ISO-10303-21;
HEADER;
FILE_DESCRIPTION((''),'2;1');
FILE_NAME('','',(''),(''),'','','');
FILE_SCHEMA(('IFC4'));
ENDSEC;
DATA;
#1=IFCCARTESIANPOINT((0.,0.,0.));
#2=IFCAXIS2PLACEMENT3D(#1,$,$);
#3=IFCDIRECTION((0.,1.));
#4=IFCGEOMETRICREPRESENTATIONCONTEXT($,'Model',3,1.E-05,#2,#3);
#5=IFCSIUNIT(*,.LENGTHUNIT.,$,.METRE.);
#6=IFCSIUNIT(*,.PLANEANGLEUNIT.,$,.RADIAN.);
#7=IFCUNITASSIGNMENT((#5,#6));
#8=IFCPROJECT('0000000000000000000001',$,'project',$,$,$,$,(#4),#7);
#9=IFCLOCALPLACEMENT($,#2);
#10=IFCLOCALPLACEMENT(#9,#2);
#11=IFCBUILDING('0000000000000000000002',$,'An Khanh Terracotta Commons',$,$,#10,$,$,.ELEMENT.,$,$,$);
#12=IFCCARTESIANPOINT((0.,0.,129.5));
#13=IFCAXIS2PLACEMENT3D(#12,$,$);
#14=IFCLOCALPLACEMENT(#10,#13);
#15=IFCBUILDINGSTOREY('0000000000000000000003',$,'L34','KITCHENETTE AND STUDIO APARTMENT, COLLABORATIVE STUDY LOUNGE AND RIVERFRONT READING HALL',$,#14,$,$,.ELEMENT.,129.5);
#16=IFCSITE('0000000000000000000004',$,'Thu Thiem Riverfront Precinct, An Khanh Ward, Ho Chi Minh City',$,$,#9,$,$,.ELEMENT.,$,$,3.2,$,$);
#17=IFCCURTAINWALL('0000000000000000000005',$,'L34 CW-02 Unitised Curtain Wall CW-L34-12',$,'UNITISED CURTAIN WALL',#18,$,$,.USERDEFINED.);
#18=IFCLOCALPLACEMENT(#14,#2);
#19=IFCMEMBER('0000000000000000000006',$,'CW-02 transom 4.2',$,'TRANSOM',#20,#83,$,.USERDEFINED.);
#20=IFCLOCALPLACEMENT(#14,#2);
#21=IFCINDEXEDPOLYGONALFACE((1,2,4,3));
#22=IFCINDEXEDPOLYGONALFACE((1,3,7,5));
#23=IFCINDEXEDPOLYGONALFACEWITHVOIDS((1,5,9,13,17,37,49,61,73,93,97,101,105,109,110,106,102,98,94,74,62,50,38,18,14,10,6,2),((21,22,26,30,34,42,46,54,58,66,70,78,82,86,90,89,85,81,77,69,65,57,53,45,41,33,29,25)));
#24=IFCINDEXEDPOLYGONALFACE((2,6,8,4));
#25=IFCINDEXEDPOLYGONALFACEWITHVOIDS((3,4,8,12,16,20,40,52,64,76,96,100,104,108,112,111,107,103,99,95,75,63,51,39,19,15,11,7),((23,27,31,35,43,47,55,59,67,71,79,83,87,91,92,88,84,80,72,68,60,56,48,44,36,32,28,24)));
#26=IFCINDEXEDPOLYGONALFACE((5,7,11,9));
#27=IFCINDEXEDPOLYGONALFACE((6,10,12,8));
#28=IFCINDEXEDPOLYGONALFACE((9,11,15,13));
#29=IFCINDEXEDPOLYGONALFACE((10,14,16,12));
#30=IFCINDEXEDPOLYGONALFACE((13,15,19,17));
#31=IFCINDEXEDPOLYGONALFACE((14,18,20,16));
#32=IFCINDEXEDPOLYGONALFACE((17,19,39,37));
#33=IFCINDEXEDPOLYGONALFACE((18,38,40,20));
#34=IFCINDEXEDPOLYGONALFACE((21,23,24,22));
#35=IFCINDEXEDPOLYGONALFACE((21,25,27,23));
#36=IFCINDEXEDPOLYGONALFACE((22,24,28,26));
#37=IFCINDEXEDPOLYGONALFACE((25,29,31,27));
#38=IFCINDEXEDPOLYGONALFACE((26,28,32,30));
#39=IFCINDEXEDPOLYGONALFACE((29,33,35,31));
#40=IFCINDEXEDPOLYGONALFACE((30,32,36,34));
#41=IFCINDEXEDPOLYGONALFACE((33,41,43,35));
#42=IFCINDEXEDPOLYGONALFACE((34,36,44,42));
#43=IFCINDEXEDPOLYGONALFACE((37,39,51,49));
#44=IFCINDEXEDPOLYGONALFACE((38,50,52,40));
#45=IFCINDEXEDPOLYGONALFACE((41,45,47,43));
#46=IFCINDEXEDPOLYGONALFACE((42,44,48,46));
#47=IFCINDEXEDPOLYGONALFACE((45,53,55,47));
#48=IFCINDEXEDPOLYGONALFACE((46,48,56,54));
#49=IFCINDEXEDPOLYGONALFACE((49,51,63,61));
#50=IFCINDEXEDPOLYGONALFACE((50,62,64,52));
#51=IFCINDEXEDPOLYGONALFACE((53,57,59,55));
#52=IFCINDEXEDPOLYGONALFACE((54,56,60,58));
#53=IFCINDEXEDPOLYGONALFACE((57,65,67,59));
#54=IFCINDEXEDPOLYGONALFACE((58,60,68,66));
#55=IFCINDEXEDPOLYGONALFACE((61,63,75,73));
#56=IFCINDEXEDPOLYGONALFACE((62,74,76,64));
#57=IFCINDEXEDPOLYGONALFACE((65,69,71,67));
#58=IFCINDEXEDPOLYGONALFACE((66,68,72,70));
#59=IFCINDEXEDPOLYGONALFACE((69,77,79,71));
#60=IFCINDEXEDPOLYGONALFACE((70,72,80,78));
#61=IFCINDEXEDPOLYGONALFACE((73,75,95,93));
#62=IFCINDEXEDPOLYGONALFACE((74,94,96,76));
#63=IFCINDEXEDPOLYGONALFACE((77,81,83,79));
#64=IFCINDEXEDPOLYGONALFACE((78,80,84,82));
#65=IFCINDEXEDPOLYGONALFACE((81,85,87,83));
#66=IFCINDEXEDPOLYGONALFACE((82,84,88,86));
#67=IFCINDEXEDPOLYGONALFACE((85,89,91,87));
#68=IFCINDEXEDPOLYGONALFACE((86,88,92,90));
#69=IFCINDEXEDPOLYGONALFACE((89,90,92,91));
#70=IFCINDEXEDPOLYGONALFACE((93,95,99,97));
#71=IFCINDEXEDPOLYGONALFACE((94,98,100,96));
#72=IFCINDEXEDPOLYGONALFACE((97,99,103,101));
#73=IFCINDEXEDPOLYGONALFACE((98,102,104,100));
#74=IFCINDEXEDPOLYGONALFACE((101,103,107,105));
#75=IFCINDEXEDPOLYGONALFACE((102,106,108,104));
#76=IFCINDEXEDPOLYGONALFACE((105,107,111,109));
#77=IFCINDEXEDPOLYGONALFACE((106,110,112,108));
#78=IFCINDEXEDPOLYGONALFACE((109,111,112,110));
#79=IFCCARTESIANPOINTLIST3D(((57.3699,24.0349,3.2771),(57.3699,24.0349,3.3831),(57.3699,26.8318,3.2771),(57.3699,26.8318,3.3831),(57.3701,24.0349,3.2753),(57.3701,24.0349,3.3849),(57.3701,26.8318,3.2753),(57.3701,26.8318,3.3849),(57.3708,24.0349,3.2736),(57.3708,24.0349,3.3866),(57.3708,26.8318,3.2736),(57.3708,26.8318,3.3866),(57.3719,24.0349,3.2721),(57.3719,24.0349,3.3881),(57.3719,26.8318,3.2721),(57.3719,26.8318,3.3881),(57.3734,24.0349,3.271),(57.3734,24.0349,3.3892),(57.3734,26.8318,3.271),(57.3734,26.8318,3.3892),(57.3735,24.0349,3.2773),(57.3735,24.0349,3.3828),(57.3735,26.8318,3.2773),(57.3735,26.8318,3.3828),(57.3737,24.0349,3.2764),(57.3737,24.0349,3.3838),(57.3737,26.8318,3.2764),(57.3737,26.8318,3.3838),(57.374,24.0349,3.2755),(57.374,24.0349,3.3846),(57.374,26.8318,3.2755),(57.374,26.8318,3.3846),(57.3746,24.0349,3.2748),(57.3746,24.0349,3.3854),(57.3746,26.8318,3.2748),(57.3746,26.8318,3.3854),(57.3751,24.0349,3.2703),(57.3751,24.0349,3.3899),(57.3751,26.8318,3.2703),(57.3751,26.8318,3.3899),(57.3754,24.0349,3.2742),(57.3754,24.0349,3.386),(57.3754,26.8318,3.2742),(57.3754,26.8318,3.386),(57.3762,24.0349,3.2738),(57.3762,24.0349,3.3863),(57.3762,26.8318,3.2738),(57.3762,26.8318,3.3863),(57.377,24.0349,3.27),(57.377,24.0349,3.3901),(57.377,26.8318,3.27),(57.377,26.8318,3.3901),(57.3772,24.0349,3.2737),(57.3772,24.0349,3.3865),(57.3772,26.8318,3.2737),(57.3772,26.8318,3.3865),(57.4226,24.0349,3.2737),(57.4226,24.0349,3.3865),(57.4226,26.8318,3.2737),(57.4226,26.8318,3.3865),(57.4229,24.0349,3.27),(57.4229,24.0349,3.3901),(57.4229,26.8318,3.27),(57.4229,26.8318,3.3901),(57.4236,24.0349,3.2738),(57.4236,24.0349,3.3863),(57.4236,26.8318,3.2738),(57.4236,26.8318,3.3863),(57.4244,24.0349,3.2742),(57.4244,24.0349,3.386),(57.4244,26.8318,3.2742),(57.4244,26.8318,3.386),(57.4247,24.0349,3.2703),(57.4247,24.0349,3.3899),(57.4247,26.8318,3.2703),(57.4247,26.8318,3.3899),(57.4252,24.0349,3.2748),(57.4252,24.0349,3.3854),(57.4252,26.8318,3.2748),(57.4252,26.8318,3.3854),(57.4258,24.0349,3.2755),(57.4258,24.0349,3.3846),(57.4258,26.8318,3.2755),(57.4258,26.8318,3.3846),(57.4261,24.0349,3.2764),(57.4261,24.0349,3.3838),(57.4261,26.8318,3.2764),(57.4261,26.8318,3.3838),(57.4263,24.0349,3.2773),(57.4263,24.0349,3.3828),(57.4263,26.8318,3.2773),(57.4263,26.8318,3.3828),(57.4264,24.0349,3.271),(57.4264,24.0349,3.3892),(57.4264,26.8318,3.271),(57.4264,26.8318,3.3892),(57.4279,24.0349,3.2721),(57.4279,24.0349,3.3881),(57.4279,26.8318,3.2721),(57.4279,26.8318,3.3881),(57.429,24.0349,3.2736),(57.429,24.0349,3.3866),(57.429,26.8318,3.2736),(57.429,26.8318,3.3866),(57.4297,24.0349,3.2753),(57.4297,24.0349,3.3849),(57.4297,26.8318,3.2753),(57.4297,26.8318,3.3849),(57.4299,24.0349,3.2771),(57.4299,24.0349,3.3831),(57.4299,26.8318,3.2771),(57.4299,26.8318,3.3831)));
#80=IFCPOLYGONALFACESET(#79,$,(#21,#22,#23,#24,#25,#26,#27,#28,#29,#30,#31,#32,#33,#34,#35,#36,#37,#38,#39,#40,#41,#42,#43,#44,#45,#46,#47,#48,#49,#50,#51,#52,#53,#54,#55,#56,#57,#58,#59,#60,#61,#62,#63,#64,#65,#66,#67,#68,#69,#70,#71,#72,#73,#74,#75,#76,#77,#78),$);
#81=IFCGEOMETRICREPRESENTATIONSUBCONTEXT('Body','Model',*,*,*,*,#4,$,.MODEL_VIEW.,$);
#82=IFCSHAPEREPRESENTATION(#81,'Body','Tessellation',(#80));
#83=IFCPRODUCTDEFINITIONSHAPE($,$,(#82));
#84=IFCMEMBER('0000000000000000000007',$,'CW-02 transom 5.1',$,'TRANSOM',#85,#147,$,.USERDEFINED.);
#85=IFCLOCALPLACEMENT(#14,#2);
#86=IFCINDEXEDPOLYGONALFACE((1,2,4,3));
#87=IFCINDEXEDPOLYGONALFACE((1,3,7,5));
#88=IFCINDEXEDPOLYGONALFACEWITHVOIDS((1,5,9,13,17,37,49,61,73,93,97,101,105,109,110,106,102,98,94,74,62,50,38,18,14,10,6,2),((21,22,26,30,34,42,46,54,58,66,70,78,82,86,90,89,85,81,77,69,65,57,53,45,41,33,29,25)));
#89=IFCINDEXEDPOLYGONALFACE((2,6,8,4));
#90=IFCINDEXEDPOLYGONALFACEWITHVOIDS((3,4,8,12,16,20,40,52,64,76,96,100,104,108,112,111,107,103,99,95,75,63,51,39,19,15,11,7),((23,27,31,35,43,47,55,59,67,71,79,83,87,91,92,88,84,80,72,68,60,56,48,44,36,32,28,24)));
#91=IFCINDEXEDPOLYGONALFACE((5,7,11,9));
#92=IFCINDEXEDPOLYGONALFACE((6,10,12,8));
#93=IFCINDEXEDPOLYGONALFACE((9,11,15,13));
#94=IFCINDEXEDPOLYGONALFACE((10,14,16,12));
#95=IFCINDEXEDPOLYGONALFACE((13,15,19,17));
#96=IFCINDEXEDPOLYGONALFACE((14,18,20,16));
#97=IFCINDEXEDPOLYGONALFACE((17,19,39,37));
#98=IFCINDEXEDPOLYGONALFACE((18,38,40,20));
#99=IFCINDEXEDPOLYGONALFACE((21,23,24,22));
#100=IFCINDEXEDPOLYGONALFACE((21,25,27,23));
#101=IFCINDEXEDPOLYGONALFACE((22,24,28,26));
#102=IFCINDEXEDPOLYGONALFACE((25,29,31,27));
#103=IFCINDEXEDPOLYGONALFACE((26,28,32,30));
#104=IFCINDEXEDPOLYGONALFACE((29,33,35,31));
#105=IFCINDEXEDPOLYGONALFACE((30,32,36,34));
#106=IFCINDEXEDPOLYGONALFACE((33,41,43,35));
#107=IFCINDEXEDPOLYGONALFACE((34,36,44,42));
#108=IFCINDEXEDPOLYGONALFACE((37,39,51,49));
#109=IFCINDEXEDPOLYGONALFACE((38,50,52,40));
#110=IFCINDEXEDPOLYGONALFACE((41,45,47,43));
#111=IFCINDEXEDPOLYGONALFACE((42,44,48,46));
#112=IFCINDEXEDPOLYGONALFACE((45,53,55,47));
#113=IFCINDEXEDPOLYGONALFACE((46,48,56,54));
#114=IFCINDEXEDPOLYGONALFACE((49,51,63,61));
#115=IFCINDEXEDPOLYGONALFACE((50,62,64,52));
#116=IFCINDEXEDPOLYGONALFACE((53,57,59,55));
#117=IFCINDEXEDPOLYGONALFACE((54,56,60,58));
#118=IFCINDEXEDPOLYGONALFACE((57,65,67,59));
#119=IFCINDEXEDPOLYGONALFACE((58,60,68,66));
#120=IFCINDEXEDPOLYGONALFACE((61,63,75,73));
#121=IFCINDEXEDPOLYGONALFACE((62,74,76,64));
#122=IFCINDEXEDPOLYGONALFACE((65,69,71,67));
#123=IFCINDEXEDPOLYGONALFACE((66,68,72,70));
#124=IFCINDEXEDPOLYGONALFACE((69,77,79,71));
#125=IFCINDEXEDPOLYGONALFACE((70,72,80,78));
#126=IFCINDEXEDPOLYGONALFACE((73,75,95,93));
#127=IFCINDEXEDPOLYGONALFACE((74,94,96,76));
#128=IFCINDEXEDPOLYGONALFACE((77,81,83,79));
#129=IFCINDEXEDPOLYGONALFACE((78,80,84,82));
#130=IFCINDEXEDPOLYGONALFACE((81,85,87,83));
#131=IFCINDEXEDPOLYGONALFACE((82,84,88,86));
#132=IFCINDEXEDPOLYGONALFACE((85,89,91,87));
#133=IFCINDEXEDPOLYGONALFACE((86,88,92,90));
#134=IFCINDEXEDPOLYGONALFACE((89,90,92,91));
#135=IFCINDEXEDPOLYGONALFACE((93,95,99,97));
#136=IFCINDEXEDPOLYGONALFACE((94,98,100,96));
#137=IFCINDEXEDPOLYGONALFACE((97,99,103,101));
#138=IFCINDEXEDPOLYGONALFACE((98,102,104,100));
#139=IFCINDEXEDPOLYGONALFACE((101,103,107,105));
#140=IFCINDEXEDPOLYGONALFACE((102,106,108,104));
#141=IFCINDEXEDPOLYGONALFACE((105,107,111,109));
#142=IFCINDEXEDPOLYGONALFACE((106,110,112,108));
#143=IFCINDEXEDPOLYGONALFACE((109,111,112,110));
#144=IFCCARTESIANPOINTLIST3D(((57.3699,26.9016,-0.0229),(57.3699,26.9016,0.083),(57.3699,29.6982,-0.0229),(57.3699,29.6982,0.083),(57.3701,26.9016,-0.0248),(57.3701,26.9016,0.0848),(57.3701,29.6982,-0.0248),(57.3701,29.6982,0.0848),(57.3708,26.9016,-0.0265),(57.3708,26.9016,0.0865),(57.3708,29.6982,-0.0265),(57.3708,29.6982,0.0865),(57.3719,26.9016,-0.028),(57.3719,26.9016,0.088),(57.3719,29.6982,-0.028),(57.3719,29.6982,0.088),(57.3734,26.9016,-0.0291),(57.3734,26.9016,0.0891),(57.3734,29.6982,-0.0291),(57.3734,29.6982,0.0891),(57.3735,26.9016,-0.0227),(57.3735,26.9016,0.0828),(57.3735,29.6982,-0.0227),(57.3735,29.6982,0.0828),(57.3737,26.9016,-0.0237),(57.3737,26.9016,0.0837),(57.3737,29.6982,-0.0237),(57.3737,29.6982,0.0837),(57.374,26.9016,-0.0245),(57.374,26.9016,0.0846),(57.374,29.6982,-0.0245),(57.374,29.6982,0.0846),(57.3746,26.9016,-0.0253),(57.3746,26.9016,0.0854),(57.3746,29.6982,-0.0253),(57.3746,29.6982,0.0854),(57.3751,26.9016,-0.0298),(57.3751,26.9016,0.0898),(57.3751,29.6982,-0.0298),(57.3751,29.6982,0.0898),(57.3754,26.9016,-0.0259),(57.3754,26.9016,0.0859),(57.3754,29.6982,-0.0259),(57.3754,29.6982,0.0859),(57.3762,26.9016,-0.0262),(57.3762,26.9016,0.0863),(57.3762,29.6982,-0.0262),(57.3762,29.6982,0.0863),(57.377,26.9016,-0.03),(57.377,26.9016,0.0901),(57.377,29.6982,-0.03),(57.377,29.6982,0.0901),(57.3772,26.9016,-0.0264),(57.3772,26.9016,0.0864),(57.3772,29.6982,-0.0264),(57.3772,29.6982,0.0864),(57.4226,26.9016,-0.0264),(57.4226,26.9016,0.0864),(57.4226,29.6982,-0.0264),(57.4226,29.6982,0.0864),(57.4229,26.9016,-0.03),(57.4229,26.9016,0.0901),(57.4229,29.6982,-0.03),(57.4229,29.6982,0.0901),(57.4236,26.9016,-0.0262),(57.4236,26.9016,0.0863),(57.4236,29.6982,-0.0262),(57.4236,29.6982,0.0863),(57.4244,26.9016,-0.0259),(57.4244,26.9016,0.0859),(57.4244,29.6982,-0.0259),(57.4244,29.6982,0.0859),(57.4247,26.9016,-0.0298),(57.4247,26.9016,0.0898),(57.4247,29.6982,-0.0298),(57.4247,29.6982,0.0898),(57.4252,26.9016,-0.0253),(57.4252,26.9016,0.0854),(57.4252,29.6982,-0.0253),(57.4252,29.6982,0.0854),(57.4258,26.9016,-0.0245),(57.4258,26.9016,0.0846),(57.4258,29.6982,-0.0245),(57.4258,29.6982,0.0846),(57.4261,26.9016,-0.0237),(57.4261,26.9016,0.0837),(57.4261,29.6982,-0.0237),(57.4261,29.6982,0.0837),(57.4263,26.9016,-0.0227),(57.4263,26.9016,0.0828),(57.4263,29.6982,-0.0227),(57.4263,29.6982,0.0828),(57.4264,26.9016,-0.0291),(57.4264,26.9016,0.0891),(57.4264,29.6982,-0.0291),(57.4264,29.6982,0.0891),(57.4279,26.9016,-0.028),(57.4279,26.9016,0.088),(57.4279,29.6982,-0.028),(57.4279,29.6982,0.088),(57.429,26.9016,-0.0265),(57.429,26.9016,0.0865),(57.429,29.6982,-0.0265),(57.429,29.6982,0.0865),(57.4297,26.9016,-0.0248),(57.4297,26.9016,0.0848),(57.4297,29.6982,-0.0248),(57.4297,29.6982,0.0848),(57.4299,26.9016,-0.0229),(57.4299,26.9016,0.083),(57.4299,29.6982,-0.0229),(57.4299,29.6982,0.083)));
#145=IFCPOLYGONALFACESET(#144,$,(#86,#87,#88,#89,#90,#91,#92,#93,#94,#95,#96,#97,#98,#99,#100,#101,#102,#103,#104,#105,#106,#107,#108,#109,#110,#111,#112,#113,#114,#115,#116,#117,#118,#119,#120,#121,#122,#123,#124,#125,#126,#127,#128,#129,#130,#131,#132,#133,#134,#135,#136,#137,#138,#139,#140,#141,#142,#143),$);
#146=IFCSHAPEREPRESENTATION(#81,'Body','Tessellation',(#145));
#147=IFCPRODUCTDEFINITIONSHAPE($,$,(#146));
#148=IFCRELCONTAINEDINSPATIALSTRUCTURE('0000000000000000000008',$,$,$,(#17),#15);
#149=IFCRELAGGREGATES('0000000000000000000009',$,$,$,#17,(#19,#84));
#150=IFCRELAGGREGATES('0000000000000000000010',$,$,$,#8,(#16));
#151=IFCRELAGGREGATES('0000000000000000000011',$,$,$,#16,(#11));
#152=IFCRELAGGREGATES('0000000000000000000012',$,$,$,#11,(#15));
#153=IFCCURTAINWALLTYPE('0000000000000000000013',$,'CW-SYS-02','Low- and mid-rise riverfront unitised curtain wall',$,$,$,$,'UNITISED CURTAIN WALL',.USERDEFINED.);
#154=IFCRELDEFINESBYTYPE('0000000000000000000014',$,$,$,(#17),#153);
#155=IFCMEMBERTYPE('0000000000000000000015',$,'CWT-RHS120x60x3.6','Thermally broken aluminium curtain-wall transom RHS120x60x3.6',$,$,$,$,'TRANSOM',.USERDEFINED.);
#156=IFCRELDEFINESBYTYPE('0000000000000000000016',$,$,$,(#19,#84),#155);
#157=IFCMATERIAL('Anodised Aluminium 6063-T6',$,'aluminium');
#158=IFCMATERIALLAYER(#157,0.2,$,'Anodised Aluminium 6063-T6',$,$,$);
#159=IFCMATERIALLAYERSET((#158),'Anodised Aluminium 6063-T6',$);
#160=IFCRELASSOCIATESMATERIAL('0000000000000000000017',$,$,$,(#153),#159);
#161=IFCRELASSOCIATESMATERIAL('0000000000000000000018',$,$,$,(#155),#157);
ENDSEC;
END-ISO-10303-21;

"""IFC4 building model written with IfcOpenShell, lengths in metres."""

from ifc_helpers import new_model, si_unit, direction, frame, origin, origin_2d, place, context, subcontext, project, spatial, hollow_rectangle, extrude, material, layer, layer_set, material_profile, profile_set, type_object, element, aggregate, save


model = new_model("IFC4")

# Units and contexts
model_context = context("Model", 3, precision=1e-05, world=origin(), true_north=direction((0.0, 1.0)))
body_context = subcontext(model_context, "Body", "Model", "MODEL_VIEW")
ifc_project = project(units=[si_unit("LENGTHUNIT", "METRE"), si_unit("PLANEANGLEUNIT", "RADIAN")], contexts=[model_context])

# Site, building, storey
site_placement = place(None, origin())
site = spatial("IfcSite", under=ifc_project, at=site_placement, Name="Thu Thiem Riverfront Precinct, An Khanh Ward, Ho Chi Minh City", CompositionType="ELEMENT", RefElevation=3.2)
building_placement = place(site_placement, origin())
building = spatial("IfcBuilding", under=site, at=building_placement, Name="An Khanh Terracotta Commons", CompositionType="ELEMENT")
storey_placement = place(building_placement, frame((0.0, 0.0, 129.5)))
storey = spatial("IfcBuildingStorey", under=building, at=storey_placement, Name="L34", Description="KITCHENETTE AND STUDIO APARTMENT, COLLABORATIVE STUDY LOUNGE AND RIVERFRONT READING HALL", CompositionType="ELEMENT", Elevation=129.5)

# Curtain wall, members
ifc_material_1 = material(Name="Anodised Aluminium 6063-T6", Category="aluminium")
ifc_layer_1 = layer(ifc_material_1, 0.2, Name="Anodised Aluminium 6063-T6")
ifc_layer_set_1 = layer_set([ifc_layer_1], Name="Anodised Aluminium 6063-T6")
curtain_wall_type = type_object("IfcCurtainWallType", Name="CW-SYS-02", Description="Low- and mid-rise riverfront unitised curtain wall", ElementType="UNITISED CURTAIN WALL", PredefinedType="USERDEFINED", material=ifc_layer_set_1)
curtain_wall_placement = place(storey_placement, origin())
curtain_wall = element("IfcCurtainWall", 1, at=curtain_wall_placement, inside=storey, type_object=curtain_wall_type, Name="L34 CW-02 Unitised Curtain Wall CW-L34-12", ObjectType="UNITISED CURTAIN WALL", PredefinedType="USERDEFINED")
ifc_material_profile_1 = material_profile(ifc_material_1, hollow_rectangle(XDim=0.0601, YDim=0.1201, WallThickness=0.0037, InnerFilletRadius=0.0037, OuterFilletRadius=0.0071, at=origin_2d()), Name="RHS120x60x3.6")
ifc_profile_set_1 = profile_set([ifc_material_profile_1], Name="Anodised Aluminium 6063-T6")
member_type_1 = type_object("IfcMemberType", Name="CWT-RHS120x60x3.6", Description="Thermally broken aluminium curtain-wall transom RHS120x60x3.6", ElementType="TRANSOM", PredefinedType="USERDEFINED", material=ifc_profile_set_1)
member_1_placement = place(storey_placement, frame((57.3999, 24.0349, 3.3301), z_axis=(0.0, 1.0, 0.0), x_axis=(-1.0, 0.0, 0.0)))
member_1 = element("IfcMember", 2, at=member_1_placement, type_object=member_type_1, Name="CW-02 transom 4.2", ObjectType="TRANSOM", PredefinedType="USERDEFINED", context=body_context, shape_type="SweptSolid", body=[
    extrude(hollow_rectangle(XDim=0.0601, YDim=0.1201, WallThickness=0.0037, InnerFilletRadius=0.0037, OuterFilletRadius=0.0071, at=origin_2d()), origin(), (0.0, 0.0, 1.0), 2.7969),
])
member_2_placement = place(storey_placement, frame((57.3999, 26.9016, 0.03), z_axis=(0.0, 1.0, 0.0), x_axis=(-1.0, 0.0, 0.0)))
member_2 = element("IfcMember", 3, at=member_2_placement, type_object=member_type_1, Name="CW-02 transom 5.1", ObjectType="TRANSOM", PredefinedType="USERDEFINED", context=body_context, shape_type="SweptSolid", body=[
    extrude(hollow_rectangle(XDim=0.0601, YDim=0.1201, WallThickness=0.0037, InnerFilletRadius=0.0037, OuterFilletRadius=0.0071, at=origin_2d()), origin(), (0.0, 0.0, 1.0), 2.7966),
])
aggregate(curtain_wall, [member_1, member_2])

save(model, "model.ifc")
